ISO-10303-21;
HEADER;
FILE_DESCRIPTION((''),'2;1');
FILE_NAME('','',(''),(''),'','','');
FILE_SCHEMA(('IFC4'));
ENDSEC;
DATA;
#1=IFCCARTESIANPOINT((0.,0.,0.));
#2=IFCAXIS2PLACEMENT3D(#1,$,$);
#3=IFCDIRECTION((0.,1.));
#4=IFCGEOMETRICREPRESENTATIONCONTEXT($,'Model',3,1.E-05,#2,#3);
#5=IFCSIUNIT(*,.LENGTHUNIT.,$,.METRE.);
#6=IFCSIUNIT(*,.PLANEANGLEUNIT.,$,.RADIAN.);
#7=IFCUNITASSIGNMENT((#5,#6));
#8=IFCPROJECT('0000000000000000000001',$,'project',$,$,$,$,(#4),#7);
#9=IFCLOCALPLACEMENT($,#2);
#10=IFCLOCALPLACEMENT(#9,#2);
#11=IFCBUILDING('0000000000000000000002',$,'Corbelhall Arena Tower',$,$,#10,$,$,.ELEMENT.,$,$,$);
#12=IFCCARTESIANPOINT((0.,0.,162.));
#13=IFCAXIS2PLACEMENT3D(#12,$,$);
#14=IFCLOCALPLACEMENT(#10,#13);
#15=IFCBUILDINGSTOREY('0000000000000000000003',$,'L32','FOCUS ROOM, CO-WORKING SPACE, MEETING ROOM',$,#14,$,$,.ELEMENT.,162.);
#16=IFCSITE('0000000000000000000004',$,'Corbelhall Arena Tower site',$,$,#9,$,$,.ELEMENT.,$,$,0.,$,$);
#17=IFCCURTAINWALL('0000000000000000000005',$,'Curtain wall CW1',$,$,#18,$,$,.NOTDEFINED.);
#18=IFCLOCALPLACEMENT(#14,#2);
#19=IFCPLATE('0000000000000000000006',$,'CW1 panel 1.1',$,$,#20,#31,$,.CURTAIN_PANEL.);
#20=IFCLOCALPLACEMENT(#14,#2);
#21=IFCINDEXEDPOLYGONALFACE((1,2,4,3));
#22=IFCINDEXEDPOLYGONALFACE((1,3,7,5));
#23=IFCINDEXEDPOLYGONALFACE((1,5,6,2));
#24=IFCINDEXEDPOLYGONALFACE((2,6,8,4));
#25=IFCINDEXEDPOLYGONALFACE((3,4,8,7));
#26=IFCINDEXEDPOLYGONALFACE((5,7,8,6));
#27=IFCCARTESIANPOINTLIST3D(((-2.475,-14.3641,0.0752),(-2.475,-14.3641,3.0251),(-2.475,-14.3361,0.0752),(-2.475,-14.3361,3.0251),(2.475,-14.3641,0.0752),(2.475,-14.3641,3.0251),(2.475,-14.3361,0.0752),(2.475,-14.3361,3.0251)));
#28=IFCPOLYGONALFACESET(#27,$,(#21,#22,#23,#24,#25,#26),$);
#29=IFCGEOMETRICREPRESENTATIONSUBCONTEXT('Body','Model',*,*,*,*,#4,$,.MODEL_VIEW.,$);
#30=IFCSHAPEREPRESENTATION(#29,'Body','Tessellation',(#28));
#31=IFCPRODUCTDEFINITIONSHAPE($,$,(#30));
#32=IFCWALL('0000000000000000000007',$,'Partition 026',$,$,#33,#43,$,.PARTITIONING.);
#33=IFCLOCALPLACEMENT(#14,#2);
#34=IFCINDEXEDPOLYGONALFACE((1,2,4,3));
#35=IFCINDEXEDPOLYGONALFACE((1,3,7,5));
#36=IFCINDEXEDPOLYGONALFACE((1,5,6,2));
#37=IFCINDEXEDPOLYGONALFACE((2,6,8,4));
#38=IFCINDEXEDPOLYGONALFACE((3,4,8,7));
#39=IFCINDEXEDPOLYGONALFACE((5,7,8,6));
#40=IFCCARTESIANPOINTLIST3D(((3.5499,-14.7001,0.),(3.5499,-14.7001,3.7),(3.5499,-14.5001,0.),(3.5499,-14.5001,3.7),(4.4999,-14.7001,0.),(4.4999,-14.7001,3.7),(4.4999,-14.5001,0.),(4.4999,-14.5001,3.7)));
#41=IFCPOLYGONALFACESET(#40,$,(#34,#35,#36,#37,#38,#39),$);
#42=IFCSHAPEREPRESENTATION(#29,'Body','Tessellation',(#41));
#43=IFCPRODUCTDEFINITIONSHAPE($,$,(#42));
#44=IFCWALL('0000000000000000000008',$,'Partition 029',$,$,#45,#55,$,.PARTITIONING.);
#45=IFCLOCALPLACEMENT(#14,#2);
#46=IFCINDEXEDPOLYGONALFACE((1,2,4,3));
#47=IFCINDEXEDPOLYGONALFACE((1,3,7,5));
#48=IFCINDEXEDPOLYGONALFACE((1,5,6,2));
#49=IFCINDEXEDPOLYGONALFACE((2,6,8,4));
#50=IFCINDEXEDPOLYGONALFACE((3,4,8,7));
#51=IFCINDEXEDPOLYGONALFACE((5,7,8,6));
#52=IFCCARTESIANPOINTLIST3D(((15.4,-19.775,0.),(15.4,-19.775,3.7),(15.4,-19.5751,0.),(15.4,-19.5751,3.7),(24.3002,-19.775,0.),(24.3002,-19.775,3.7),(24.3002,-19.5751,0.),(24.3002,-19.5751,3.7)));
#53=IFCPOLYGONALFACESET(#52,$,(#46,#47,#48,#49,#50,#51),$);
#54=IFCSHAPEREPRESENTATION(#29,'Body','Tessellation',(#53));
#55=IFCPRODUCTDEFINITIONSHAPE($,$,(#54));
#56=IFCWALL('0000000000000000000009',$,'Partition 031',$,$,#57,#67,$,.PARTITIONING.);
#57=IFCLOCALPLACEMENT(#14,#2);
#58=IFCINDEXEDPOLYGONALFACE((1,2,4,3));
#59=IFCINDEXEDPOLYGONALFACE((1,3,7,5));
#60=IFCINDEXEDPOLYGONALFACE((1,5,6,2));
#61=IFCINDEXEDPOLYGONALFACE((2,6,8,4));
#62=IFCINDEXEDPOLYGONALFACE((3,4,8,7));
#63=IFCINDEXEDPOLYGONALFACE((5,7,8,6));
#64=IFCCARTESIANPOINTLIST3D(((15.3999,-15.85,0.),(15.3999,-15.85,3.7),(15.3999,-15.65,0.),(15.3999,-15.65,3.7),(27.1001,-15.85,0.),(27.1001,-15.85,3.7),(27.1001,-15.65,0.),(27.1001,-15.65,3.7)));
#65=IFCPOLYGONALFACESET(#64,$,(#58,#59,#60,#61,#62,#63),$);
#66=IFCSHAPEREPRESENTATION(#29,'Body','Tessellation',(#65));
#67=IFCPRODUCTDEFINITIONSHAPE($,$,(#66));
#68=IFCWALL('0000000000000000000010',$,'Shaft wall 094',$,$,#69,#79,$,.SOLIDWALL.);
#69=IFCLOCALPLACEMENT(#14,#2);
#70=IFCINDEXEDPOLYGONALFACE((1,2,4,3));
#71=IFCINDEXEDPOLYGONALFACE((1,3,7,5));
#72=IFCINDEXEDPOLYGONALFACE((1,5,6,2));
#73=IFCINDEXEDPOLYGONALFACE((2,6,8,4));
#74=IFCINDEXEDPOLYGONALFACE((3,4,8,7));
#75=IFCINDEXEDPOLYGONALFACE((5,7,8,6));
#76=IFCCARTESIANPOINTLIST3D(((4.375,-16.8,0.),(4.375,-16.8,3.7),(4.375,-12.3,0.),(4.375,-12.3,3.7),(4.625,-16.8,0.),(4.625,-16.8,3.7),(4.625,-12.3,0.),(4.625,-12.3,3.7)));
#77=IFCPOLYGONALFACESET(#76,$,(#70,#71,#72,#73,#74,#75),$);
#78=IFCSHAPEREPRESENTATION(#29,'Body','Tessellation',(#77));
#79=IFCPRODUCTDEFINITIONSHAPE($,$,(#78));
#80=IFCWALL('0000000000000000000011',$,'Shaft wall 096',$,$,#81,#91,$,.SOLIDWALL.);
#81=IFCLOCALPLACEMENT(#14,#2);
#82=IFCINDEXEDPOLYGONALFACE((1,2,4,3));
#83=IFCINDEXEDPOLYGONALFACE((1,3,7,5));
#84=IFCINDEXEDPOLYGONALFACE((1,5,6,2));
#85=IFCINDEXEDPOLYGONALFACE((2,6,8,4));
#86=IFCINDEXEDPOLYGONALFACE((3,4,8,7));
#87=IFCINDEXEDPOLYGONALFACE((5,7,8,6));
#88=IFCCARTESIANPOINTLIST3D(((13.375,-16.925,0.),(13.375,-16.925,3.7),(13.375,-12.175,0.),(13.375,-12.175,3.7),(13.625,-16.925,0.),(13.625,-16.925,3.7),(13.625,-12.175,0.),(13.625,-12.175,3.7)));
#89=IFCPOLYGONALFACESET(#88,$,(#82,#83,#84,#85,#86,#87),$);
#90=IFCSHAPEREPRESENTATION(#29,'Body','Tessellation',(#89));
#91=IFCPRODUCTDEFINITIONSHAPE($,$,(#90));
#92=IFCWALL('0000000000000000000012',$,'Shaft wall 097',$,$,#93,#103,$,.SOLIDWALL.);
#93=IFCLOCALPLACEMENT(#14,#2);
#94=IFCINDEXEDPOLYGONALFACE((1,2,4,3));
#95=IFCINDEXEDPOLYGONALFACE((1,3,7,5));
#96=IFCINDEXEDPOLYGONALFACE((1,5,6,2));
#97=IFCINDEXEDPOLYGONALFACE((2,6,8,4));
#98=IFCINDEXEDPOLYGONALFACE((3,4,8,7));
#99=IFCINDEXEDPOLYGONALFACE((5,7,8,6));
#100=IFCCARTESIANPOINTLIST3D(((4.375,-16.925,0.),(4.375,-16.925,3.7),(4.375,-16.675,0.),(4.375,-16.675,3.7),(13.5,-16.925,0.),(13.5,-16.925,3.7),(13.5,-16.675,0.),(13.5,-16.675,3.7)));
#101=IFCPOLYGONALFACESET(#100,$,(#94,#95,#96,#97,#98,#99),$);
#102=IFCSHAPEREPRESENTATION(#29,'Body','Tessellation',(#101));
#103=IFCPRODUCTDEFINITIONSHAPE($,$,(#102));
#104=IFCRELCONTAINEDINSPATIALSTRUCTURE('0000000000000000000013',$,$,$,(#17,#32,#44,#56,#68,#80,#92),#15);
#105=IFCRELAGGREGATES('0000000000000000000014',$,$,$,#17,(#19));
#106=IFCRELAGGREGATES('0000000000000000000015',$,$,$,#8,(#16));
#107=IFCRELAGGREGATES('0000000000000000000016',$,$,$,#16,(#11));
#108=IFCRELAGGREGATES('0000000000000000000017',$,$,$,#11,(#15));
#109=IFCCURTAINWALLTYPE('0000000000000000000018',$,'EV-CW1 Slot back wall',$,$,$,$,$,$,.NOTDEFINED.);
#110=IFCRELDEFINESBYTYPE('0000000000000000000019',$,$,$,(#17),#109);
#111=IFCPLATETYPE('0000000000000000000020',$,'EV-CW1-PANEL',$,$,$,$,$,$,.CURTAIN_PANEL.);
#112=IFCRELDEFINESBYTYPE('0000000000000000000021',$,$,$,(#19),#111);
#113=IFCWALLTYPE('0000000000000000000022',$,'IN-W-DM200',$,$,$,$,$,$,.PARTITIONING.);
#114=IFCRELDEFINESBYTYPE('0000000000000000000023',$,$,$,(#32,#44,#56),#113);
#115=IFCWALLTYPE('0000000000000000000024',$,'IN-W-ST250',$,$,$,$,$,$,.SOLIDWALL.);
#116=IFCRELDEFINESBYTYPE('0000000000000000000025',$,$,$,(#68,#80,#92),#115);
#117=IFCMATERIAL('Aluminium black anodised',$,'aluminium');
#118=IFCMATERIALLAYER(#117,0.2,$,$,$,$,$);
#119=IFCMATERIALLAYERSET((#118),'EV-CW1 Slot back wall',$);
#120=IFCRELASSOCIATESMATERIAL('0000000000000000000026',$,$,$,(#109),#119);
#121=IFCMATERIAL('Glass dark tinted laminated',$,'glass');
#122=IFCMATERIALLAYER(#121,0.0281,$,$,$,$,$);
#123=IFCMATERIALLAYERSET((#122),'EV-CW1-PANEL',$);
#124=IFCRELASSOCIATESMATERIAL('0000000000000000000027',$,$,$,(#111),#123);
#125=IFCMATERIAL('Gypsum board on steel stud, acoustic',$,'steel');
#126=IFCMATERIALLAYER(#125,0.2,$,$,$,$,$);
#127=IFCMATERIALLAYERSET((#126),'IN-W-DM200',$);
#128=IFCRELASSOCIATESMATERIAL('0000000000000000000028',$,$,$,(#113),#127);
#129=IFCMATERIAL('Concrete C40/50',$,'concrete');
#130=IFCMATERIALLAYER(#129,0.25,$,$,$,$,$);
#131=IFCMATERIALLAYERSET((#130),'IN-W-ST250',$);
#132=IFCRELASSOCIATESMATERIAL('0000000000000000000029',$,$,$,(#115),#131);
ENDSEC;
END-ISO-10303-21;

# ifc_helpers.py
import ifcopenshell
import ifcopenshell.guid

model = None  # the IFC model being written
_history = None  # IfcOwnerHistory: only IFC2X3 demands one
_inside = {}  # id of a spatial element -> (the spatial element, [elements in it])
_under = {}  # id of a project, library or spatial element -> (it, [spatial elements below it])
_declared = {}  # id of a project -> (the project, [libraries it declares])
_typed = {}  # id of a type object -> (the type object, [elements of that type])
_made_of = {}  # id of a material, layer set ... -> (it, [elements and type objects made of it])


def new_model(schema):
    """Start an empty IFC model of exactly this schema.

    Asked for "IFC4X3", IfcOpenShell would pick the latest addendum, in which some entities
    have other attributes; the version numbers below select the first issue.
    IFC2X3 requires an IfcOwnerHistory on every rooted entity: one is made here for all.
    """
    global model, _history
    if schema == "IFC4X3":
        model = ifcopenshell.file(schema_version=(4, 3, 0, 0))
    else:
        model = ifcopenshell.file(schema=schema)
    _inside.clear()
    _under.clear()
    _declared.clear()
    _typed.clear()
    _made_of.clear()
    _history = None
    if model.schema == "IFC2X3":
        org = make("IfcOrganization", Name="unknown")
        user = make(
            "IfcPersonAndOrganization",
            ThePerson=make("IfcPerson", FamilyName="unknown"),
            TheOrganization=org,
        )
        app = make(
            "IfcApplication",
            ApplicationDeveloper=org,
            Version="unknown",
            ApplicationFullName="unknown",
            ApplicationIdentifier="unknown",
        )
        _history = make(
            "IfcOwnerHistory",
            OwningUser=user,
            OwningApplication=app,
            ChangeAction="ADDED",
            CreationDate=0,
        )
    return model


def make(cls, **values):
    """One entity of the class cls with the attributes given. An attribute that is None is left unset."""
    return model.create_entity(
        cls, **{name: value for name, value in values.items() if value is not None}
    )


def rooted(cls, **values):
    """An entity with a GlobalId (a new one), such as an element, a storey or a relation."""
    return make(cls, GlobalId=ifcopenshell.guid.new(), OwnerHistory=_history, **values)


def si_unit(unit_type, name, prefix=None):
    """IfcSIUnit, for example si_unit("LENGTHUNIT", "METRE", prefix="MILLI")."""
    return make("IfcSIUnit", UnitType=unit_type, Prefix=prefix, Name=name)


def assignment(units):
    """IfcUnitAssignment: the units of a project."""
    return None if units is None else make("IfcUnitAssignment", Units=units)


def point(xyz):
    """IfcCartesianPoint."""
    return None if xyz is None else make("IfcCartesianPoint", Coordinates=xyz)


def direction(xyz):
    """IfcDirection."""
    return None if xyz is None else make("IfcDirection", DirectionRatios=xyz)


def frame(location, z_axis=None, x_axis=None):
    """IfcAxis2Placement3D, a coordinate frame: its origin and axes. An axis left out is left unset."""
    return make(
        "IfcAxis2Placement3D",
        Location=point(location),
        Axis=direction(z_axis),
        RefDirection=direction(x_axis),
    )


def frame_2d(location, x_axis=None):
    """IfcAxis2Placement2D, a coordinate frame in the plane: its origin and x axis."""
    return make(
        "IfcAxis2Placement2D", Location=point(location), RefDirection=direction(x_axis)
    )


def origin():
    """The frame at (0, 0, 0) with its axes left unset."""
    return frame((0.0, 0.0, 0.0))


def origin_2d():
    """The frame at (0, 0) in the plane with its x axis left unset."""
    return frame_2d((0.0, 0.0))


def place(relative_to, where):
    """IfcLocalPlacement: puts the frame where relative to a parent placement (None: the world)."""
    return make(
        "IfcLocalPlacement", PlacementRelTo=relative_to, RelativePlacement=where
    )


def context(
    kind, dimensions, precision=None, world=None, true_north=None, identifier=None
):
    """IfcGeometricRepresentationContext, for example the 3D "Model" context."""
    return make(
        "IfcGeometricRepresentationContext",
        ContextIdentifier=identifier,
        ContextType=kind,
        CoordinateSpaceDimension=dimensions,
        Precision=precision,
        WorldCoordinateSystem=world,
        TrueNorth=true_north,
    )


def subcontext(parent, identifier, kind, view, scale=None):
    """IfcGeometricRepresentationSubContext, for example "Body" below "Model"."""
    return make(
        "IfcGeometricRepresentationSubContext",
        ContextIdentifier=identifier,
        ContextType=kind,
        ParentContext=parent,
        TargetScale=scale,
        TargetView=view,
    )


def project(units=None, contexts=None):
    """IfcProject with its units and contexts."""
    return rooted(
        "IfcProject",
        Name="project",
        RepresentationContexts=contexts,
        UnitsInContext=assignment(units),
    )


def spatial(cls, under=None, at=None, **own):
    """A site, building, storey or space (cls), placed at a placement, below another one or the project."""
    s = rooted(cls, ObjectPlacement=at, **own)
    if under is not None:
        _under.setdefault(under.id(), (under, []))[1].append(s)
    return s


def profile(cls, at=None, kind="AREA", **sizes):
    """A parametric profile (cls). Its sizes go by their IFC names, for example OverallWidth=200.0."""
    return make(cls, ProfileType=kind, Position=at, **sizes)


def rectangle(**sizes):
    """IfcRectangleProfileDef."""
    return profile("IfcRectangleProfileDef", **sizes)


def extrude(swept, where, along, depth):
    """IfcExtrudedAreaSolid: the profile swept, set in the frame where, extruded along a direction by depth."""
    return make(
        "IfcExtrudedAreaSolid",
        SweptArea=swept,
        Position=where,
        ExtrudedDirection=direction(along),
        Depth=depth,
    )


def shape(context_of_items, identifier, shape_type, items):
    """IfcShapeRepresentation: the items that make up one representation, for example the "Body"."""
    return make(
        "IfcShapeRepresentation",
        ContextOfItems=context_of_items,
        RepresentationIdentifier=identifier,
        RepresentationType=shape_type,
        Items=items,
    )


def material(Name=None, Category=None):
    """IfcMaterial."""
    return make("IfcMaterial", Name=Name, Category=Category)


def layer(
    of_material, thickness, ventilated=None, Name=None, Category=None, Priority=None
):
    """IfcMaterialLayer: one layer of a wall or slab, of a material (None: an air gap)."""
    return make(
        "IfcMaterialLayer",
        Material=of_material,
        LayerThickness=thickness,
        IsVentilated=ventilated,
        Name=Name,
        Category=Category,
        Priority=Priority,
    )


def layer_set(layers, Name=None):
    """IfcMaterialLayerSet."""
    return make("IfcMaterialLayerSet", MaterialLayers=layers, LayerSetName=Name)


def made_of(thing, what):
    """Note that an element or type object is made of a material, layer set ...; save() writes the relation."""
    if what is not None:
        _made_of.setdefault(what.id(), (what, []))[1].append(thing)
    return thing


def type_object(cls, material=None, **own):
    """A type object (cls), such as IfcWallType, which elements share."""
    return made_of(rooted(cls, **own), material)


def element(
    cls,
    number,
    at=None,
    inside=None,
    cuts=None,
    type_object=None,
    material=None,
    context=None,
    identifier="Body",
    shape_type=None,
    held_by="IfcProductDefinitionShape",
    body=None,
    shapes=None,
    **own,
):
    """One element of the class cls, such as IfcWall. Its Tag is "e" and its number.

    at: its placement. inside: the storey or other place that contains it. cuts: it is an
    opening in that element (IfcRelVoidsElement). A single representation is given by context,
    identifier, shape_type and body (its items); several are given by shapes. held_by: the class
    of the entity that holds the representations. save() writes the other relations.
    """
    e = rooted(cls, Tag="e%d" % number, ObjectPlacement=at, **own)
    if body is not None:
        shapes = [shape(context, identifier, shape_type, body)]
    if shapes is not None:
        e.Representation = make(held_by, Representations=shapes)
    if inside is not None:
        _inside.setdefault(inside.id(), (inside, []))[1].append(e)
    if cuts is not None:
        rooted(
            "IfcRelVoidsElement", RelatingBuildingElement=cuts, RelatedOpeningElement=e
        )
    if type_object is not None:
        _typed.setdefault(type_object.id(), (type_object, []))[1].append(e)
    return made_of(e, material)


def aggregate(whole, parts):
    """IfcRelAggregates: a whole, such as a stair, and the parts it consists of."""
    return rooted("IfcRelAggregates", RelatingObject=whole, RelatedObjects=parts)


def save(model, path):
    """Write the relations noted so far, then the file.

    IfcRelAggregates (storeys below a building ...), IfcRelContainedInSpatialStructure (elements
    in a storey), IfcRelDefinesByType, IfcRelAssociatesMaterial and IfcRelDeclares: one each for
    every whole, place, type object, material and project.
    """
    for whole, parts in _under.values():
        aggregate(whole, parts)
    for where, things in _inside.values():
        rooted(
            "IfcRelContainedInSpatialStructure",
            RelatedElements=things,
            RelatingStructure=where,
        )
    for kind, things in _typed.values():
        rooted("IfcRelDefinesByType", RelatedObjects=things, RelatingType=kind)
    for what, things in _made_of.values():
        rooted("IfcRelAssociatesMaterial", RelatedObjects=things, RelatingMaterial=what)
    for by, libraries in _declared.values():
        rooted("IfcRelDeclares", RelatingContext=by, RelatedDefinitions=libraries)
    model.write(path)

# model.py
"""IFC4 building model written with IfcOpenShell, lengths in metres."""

from ifc_helpers import new_model, si_unit, direction, frame, frame_2d, origin, origin_2d, place, context, subcontext, project, spatial, rectangle, extrude, material, layer, layer_set, type_object, element, aggregate, save


model = new_model("IFC4")

# Units and contexts
model_context = context("Model", 3, precision=1e-05, world=origin(), true_north=direction((0.0, 1.0)))
body_context = subcontext(model_context, "Body", "Model", "MODEL_VIEW")
ifc_project = project(units=[si_unit("LENGTHUNIT", "METRE"), si_unit("PLANEANGLEUNIT", "RADIAN")], contexts=[model_context])

# Site, building, storey
site_placement = place(None, origin())
site = spatial("IfcSite", under=ifc_project, at=site_placement, Name="Corbelhall Arena Tower site", CompositionType="ELEMENT", RefElevation=0.0)
building_placement = place(site_placement, origin())
building = spatial("IfcBuilding", under=site, at=building_placement, Name="Corbelhall Arena Tower", CompositionType="ELEMENT")
storey_placement = place(building_placement, frame((0.0, 0.0, 162.0)))
storey = spatial("IfcBuildingStorey", under=building, at=storey_placement, Name="L32", Description="FOCUS ROOM, CO-WORKING SPACE, MEETING ROOM", CompositionType="ELEMENT", Elevation=162.0)

# Curtain wall
ifc_material_1 = material(Name="Aluminium black anodised", Category="aluminium")
ifc_layer_1 = layer(ifc_material_1, 0.2)
ifc_layer_set_1 = layer_set([ifc_layer_1], Name="EV-CW1 Slot back wall")
curtain_wall_type = type_object("IfcCurtainWallType", Name="EV-CW1 Slot back wall", PredefinedType="NOTDEFINED", material=ifc_layer_set_1)
curtain_wall_placement = place(storey_placement, origin())
curtain_wall = element("IfcCurtainWall", 1, at=curtain_wall_placement, inside=storey, type_object=curtain_wall_type, Name="Curtain wall CW1", PredefinedType="NOTDEFINED")

# Plate
ifc_material_2 = material(Name="Glass dark tinted laminated", Category="glass")
ifc_layer_2 = layer(ifc_material_2, 0.0281)
ifc_layer_set_2 = layer_set([ifc_layer_2], Name="EV-CW1-PANEL")
plate_type = type_object("IfcPlateType", Name="EV-CW1-PANEL", PredefinedType="CURTAIN_PANEL", material=ifc_layer_set_2)
plate_placement = place(storey_placement, frame((0.0, -14.3501, 0.0752), z_axis=(0.0, 0.0, 1.0), x_axis=(1.0, 0.0, 0.0)))
plate = element("IfcPlate", 2, at=plate_placement, type_object=plate_type, Name="CW1 panel 1.1", PredefinedType="CURTAIN_PANEL", context=body_context, shape_type="SweptSolid", body=[
    extrude(rectangle(XDim=4.95, YDim=0.0281, at=origin_2d()), origin(), (0.0, 0.0, 1.0), 2.95),
])
aggregate(curtain_wall, [plate])

# Wall
ifc_material_3 = material(Name="Gypsum board on steel stud, acoustic", Category="steel")
ifc_layer_3 = layer(ifc_material_3, 0.2)
ifc_layer_set_3 = layer_set([ifc_layer_3], Name="IN-W-DM200")
wall_type_1 = type_object("IfcWallType", Name="IN-W-DM200", PredefinedType="PARTITIONING", material=ifc_layer_set_3)
wall_1_placement = place(storey_placement, frame((4.5, -14.6001, 0.0), z_axis=(0.0, 0.0, 1.0), x_axis=(-1.0, 0.0, 0.0)))
element("IfcWall", 3, at=wall_1_placement, inside=storey, type_object=wall_type_1, Name="Partition 026", PredefinedType="PARTITIONING", context=body_context, shape_type="SweptSolid", body=[
    extrude(rectangle(XDim=0.95, YDim=0.2, at=frame_2d((0.4751, 0.0))), origin(), (0.0, 0.0, 1.0), 3.7),
])

# Walls
wall_2_placement = place(storey_placement, frame((15.3999, -19.675, 0.0), z_axis=(0.0, 0.0, 1.0), x_axis=(1.0, 0.0, 0.0)))
element("IfcWall", 4, at=wall_2_placement, inside=storey, type_object=wall_type_1, Name="Partition 029", PredefinedType="PARTITIONING", context=body_context, shape_type="SweptSolid", body=[
    extrude(rectangle(XDim=8.9001, YDim=0.2, at=frame_2d((4.4502, 0.0))), origin(), (0.0, 0.0, 1.0), 3.7),
])
wall_3_placement = place(storey_placement, frame((15.3999, -15.75, 0.0), z_axis=(0.0, 0.0, 1.0), x_axis=(1.0, 0.0, 0.0)))
element("IfcWall", 5, at=wall_3_placement, inside=storey, type_object=wall_type_1, Name="Partition 031", PredefinedType="PARTITIONING", context=body_context, shape_type="SweptSolid", body=[
    extrude(rectangle(XDim=11.7002, YDim=0.2, at=frame_2d((5.8501, 0.0))), origin(), (0.0, 0.0, 1.0), 3.7),
])
ifc_material_4 = material(Name="Concrete C40/50", Category="concrete")
ifc_layer_4 = layer(ifc_material_4, 0.25)
ifc_layer_set_4 = layer_set([ifc_layer_4], Name="IN-W-ST250")
wall_type_2 = type_object("IfcWallType", Name="IN-W-ST250", PredefinedType="SOLIDWALL", material=ifc_layer_set_4)
wall_4_placement = place(storey_placement, frame((4.5, -16.8, 0.0), z_axis=(0.0, 0.0, 1.0), x_axis=(0.0, 1.0, 0.0)))
element("IfcWall", 6, at=wall_4_placement, inside=storey, type_object=wall_type_2, Name="Shaft wall 094", PredefinedType="SOLIDWALL", context=body_context, shape_type="SweptSolid", body=[
    extrude(rectangle(XDim=4.5, YDim=0.25, at=frame_2d((2.25, 0.0))), origin(), (0.0, 0.0, 1.0), 3.7),
])
wall_5_placement = place(storey_placement, frame((13.5, -16.925, 0.0), z_axis=(0.0, 0.0, 1.0), x_axis=(0.0, 1.0, 0.0)))
element("IfcWall", 7, at=wall_5_placement, inside=storey, type_object=wall_type_2, Name="Shaft wall 096", PredefinedType="SOLIDWALL", context=body_context, shape_type="SweptSolid", body=[
    extrude(rectangle(XDim=4.75, YDim=0.25, at=frame_2d((2.375, 0.0))), origin(), (0.0, 0.0, 1.0), 3.7),
])
wall_6_placement = place(storey_placement, frame((13.5, -16.8, 0.0), z_axis=(0.0, 0.0, 1.0), x_axis=(-1.0, 0.0, 0.0)))
element("IfcWall", 8, at=wall_6_placement, inside=storey, type_object=wall_type_2, Name="Shaft wall 097", PredefinedType="SOLIDWALL", context=body_context, shape_type="SweptSolid", body=[
    extrude(rectangle(XDim=9.125, YDim=0.25, at=frame_2d((4.5625, 0.0))), origin(), (0.0, 0.0, 1.0), 3.7),
])

save(model, "model.ifc")
